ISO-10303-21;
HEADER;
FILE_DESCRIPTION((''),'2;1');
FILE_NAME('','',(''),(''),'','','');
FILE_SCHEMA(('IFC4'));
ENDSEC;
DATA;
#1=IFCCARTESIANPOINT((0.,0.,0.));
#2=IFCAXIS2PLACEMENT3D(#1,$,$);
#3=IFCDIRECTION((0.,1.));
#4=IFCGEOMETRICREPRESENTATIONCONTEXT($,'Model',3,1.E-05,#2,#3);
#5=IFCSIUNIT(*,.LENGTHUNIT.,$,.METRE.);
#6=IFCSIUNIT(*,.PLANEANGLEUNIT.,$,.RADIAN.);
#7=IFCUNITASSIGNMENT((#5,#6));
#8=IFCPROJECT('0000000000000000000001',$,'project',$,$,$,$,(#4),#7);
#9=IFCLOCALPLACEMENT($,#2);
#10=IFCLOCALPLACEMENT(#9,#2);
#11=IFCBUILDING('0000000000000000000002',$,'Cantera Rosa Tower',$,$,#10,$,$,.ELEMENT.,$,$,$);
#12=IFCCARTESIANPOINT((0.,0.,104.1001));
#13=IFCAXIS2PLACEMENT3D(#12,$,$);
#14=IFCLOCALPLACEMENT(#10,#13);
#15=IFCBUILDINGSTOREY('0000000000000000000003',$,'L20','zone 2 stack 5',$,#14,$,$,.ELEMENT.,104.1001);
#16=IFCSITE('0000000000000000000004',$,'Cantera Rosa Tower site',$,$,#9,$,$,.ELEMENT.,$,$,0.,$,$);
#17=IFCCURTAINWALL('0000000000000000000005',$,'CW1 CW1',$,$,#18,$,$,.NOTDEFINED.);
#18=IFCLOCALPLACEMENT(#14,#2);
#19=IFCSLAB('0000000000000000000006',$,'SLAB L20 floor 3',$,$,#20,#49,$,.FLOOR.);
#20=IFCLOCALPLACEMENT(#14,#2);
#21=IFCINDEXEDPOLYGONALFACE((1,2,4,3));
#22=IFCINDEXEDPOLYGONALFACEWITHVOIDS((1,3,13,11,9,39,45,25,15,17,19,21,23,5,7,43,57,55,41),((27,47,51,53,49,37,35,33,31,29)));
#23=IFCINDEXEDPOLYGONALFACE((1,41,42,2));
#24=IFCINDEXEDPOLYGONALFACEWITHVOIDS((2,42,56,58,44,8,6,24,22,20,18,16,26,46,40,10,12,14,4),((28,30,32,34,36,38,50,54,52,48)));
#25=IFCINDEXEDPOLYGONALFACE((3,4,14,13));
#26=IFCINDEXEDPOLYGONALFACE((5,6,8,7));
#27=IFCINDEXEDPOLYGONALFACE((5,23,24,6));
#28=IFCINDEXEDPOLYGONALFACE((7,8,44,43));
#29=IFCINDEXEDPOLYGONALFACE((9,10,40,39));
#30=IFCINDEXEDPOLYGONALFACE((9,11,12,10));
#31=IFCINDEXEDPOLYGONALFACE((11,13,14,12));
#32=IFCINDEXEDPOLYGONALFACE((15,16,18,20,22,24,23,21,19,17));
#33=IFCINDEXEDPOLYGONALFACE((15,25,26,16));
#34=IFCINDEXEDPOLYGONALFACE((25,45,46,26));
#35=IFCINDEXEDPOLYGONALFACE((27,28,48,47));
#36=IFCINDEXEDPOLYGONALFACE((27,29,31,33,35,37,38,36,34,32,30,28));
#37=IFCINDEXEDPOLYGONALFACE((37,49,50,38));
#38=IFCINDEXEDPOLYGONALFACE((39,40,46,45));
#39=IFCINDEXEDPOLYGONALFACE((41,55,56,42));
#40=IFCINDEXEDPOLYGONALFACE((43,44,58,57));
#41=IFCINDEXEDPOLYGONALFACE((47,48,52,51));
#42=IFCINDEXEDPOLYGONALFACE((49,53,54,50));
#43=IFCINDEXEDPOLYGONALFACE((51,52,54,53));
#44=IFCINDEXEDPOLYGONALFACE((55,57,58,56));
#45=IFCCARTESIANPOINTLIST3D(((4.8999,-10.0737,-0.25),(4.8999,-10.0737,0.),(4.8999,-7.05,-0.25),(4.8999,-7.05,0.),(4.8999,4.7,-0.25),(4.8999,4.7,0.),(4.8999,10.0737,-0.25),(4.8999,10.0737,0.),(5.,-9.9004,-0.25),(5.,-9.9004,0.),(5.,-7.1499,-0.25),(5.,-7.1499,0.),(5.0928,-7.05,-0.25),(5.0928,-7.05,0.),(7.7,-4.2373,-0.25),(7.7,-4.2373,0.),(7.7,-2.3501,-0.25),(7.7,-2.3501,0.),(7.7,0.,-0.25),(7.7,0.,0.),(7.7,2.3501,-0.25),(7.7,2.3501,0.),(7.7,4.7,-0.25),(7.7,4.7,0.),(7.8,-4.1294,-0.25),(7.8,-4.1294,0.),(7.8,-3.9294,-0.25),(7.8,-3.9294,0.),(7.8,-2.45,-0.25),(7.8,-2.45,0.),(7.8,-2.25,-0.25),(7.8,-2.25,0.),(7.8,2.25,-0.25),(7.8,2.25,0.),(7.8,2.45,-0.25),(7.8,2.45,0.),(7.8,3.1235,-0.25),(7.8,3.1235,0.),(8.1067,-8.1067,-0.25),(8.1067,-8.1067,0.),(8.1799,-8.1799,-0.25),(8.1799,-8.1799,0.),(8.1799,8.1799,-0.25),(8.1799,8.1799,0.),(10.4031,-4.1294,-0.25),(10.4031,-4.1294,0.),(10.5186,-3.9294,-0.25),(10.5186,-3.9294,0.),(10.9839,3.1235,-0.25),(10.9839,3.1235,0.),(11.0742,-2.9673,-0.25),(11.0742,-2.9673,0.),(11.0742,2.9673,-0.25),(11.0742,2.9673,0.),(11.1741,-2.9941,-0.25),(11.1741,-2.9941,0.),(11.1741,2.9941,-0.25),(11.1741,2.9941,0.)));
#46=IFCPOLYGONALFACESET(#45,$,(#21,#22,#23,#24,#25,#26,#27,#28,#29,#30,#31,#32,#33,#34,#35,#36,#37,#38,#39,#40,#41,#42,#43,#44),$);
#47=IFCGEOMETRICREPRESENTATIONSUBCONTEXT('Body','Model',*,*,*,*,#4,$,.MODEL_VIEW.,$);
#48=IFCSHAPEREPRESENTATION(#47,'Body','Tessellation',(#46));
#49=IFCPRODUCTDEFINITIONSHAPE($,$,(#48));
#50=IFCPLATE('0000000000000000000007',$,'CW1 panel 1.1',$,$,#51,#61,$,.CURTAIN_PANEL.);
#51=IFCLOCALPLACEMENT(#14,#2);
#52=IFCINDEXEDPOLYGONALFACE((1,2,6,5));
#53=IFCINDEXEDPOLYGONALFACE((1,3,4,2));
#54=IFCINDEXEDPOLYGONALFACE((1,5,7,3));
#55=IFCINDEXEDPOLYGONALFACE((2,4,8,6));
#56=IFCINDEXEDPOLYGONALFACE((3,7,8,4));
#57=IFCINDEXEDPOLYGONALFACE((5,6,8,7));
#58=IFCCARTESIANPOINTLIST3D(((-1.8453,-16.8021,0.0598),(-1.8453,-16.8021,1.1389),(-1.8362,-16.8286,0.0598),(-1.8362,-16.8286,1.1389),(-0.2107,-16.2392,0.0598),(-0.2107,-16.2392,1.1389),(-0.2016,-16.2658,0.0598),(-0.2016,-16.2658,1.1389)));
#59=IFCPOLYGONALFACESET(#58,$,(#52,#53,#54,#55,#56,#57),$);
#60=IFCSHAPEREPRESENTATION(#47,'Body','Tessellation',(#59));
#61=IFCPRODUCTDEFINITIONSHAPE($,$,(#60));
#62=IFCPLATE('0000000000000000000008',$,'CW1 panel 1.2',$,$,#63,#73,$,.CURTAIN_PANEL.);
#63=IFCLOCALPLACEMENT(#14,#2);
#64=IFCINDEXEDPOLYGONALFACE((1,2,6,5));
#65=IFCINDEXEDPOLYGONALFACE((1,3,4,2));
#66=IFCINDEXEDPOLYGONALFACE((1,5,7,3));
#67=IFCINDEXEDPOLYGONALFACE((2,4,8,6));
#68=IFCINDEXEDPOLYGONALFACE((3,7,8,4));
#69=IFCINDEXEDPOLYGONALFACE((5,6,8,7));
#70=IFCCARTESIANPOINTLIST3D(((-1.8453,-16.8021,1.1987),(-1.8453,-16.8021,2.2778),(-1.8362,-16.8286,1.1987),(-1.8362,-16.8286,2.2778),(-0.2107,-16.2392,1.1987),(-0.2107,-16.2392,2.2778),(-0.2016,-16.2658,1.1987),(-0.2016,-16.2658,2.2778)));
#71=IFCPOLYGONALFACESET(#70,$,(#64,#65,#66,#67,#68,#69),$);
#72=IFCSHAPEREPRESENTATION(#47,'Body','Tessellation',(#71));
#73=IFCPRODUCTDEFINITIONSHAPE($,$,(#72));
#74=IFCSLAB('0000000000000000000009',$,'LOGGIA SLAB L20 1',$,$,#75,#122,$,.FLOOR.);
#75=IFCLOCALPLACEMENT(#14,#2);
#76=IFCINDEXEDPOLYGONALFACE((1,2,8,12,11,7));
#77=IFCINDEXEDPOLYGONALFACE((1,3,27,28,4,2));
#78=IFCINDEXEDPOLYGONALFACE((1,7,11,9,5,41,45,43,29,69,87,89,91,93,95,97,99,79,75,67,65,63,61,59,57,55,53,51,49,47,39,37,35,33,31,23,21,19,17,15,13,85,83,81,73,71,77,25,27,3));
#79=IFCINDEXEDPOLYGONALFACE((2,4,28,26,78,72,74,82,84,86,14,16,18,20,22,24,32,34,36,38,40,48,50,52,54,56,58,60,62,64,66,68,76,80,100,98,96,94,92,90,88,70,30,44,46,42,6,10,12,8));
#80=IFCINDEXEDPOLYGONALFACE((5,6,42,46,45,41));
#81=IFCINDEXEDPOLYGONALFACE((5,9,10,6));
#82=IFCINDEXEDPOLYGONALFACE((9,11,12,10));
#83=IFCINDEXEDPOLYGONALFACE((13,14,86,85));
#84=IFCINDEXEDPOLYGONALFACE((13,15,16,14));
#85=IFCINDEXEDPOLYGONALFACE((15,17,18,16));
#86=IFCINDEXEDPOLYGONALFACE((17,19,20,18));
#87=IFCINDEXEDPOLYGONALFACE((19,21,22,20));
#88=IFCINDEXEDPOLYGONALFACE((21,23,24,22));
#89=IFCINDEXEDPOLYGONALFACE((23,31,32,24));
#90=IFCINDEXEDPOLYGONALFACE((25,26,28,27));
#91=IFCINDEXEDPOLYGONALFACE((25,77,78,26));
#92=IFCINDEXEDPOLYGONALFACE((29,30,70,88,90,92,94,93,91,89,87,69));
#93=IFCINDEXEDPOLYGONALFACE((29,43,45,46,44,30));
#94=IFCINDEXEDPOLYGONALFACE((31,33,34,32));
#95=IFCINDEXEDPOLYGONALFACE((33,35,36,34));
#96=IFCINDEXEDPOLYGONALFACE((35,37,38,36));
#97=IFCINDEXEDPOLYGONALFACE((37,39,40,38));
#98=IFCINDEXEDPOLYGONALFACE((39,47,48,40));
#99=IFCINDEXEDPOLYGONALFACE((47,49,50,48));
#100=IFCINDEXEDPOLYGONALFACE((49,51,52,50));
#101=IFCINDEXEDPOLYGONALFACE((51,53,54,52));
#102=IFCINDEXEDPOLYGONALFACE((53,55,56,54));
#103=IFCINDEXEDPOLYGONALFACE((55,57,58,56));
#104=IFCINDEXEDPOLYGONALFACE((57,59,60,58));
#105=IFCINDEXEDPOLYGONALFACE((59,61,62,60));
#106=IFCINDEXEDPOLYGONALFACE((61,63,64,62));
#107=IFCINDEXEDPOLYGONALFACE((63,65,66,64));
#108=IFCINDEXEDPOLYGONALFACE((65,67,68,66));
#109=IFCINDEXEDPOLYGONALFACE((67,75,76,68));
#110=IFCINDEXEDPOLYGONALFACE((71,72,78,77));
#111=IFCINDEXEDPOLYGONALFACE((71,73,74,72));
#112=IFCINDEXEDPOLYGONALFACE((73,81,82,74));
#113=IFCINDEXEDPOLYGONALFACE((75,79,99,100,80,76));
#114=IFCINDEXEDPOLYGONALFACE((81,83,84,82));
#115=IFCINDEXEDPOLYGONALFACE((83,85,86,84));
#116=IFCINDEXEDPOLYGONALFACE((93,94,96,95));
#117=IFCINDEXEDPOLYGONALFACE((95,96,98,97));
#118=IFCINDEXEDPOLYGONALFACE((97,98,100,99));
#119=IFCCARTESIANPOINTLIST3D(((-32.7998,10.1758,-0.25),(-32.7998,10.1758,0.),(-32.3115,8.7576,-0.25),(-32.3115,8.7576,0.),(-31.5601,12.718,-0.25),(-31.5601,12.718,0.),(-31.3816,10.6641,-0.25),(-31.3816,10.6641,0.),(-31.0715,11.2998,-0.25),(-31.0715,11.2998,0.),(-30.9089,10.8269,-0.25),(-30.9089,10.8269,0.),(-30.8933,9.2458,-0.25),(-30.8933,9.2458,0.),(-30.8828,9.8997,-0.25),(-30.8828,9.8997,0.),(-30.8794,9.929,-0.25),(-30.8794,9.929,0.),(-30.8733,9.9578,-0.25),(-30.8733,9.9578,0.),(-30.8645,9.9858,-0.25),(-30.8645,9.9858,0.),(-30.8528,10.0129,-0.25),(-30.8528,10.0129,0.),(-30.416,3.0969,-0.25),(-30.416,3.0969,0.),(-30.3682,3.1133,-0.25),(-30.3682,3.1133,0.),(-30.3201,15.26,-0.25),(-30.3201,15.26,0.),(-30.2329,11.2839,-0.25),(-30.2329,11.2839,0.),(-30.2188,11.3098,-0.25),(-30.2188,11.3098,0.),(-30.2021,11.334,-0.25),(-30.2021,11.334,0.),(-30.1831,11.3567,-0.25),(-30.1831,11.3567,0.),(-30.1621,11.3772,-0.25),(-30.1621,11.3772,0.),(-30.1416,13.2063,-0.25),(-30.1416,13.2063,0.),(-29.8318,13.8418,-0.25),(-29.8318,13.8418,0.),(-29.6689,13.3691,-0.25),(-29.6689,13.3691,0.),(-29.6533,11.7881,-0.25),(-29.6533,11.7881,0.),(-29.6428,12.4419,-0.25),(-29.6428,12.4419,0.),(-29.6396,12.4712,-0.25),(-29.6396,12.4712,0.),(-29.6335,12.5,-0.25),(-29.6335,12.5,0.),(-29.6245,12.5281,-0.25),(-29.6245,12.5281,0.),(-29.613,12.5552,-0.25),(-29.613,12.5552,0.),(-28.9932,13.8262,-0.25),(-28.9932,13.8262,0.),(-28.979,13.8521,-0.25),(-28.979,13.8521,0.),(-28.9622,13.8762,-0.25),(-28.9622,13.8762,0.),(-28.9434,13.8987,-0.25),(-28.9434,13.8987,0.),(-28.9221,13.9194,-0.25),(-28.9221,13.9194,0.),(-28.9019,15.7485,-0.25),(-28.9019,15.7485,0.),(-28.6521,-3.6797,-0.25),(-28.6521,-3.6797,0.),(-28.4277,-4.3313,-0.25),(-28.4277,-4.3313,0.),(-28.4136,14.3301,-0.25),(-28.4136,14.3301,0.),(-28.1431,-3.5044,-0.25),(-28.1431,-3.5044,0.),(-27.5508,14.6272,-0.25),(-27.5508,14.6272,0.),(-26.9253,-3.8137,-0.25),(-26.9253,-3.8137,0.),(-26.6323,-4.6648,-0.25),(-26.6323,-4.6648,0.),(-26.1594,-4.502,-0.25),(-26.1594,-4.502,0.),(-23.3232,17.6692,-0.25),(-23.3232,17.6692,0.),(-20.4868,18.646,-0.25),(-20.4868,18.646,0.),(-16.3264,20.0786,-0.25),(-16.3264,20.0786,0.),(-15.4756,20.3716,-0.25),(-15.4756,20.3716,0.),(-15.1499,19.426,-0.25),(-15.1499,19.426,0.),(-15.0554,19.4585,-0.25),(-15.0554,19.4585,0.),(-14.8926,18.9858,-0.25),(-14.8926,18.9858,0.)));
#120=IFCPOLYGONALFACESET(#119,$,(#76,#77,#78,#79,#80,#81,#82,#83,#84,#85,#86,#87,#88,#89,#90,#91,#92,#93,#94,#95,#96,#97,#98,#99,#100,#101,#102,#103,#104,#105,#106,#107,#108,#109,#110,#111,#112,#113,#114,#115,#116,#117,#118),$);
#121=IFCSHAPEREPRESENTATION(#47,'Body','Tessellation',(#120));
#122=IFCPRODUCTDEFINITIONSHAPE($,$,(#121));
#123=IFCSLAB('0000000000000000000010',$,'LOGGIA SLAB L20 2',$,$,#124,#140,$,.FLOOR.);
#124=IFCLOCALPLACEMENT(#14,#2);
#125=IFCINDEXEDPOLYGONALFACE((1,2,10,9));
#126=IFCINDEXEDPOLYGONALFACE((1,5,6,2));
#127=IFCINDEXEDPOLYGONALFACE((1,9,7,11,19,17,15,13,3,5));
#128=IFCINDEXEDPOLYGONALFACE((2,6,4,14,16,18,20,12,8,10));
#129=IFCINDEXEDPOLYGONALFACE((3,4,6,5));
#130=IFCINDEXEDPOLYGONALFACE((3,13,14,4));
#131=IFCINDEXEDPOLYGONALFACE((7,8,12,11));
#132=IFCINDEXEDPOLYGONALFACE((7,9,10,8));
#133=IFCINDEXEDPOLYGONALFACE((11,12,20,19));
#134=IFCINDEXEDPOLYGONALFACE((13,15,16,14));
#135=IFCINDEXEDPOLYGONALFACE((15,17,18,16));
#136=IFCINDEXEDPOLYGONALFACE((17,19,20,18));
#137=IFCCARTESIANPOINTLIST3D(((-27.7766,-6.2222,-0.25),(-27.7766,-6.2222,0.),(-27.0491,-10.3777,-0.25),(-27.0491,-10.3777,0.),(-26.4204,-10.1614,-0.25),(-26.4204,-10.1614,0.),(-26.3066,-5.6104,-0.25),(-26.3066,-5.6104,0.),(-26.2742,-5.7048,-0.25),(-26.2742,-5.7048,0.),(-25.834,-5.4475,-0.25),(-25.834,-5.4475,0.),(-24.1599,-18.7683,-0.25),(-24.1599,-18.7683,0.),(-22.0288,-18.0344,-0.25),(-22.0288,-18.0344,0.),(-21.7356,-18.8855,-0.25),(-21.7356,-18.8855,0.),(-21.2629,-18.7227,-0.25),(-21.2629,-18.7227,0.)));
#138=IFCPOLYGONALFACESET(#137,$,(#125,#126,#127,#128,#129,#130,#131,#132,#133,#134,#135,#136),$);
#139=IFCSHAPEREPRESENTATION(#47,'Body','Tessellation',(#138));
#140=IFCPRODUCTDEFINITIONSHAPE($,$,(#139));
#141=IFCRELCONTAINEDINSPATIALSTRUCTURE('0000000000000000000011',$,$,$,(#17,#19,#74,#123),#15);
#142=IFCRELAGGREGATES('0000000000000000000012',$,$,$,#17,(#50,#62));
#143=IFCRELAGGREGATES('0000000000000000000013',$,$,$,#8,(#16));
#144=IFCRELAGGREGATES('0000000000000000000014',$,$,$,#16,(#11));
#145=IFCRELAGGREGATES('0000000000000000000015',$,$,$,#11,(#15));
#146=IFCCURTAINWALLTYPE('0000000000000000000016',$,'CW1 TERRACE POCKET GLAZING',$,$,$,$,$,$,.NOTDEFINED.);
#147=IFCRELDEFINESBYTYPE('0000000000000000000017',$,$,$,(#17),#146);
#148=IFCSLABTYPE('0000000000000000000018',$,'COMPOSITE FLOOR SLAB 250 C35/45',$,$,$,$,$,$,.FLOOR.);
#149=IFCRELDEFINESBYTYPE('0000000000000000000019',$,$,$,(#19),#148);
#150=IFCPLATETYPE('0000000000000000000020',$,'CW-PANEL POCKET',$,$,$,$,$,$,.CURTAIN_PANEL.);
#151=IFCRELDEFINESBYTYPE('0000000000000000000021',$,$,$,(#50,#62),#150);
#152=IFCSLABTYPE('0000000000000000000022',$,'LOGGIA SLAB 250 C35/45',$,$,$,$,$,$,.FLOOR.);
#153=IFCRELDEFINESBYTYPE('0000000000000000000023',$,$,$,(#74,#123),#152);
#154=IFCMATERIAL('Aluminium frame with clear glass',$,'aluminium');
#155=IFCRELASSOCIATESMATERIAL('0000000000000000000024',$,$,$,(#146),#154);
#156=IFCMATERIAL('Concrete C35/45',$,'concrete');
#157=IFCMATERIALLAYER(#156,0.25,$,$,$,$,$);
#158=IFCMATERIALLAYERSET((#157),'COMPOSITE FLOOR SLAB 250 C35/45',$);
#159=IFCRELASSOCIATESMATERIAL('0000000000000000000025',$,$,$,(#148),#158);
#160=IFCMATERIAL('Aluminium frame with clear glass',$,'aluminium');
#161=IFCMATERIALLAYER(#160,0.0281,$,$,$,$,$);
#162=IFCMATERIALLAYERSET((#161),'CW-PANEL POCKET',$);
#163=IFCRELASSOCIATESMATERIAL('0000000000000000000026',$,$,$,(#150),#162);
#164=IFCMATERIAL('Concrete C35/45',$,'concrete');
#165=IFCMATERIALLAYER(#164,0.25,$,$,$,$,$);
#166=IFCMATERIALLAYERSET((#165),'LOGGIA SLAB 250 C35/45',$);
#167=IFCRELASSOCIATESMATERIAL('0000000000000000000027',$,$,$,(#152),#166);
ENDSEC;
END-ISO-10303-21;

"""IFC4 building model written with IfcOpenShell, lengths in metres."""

from ifc_helpers import new_model, si_unit, direction, frame, origin, origin_2d, place, context, subcontext, project, spatial, polyline, rectangle, outline, extrude, material, layer, layer_set, type_object, element, aggregate, save


model = new_model("IFC4")

# Units and contexts
model_context = context("Model", 3, precision=1e-05, world=origin(), true_north=direction((0.0, 1.0)))
body_context = subcontext(model_context, "Body", "Model", "MODEL_VIEW")
ifc_project = project(units=[si_unit("LENGTHUNIT", "METRE"), si_unit("PLANEANGLEUNIT", "RADIAN")], contexts=[model_context])

# Site, building, storey
site_placement = place(None, origin())
site = spatial("IfcSite", under=ifc_project, at=site_placement, Name="Cantera Rosa Tower site", CompositionType="ELEMENT", RefElevation=0.0)
building_placement = place(site_placement, origin())
building = spatial("IfcBuilding", under=site, at=building_placement, Name="Cantera Rosa Tower", CompositionType="ELEMENT")
storey_placement = place(building_placement, frame((0.0, 0.0, 104.1001)))
storey = spatial("IfcBuildingStorey", under=building, at=storey_placement, Name="L20", Description="zone 2 stack 5", CompositionType="ELEMENT", Elevation=104.1001)

# Curtain wall
ifc_material_1 = material(Name="Aluminium frame with clear glass", Category="aluminium")
curtain_wall_type = type_object("IfcCurtainWallType", Name="CW1 TERRACE POCKET GLAZING", PredefinedType="NOTDEFINED", material=ifc_material_1)
curtain_wall_placement = place(storey_placement, origin())
curtain_wall = element("IfcCurtainWall", 1, at=curtain_wall_placement, inside=storey, type_object=curtain_wall_type, Name="CW1 CW1", PredefinedType="NOTDEFINED")

# Slab
ifc_material_2 = material(Name="Concrete C35/45", Category="concrete")
ifc_layer_1 = layer(ifc_material_2, 0.25)
ifc_layer_set_1 = layer_set([ifc_layer_1], Name="COMPOSITE FLOOR SLAB 250 C35/45")
slab_type_1 = type_object("IfcSlabType", Name="COMPOSITE FLOOR SLAB 250 C35/45", PredefinedType="FLOOR", material=ifc_layer_set_1)
slab_1_placement = place(storey_placement, frame((0.0, 0.0, -0.25)))
element("IfcSlab", 2, at=slab_1_placement, inside=storey, type_object=slab_type_1, Name="SLAB L20 floor 3", PredefinedType="FLOOR", context=body_context, shape_type="SweptSolid", body=[
    extrude(outline(polyline([(4.8999, 4.7), (4.8999, 10.0737), (8.1799, 8.1799), (11.1741, 2.9941), (11.1741, -2.9941), (8.1799, -8.1799), (4.8999, -10.0737), (4.8999, -7.05), (5.0928, -7.05), (5.0, -7.1499), (5.0, -9.9004), (8.1067, -8.1067), (10.4031, -4.1294), (7.8, -4.1294), (7.7, -4.2373), (7.7, -2.3501), (7.7, 0.0), (7.7, 2.3501), (7.7, 4.7), (4.8999, 4.7)]), holes=[polyline([(7.8, 3.1235), (7.8, 2.45), (7.8, 2.25), (7.8, -2.25), (7.8, -2.45), (7.8, -3.9294), (10.5186, -3.9294), (11.0742, -2.9673), (11.0742, 2.9673), (10.9839, 3.1235), (7.8, 3.1235)])]), origin(), (0.0, 0.0, 1.0), 0.25),
])

# Plates
ifc_material_3 = material(Name="Aluminium frame with clear glass", Category="aluminium")
ifc_layer_2 = layer(ifc_material_3, 0.0281)
ifc_layer_set_2 = layer_set([ifc_layer_2], Name="CW-PANEL POCKET")
plate_type = type_object("IfcPlateType", Name="CW-PANEL POCKET", PredefinedType="CURTAIN_PANEL", material=ifc_layer_set_2)
plate_1_placement = place(storey_placement, frame((-1.0234, -16.5339, 0.0598), z_axis=(0.0, 0.0, 1.0), x_axis=(0.945519, 0.325568, 0.0)))
plate_1 = element("IfcPlate", 3, at=plate_1_placement, type_object=plate_type, Name="CW1 panel 1.1", PredefinedType="CURTAIN_PANEL", context=body_context, shape_type="SweptSolid", body=[
    extrude(rectangle(XDim=1.7288, YDim=0.0281, at=origin_2d()), origin(), (0.0, 0.0, 1.0), 1.0791),
])
plate_2_placement = place(storey_placement, frame((-1.0234, -16.5339, 1.1987), z_axis=(0.0, 0.0, 1.0), x_axis=(0.945519, 0.325568, 0.0)))
plate_2 = element("IfcPlate", 4, at=plate_2_placement, type_object=plate_type, Name="CW1 panel 1.2", PredefinedType="CURTAIN_PANEL", context=body_context, shape_type="SweptSolid", body=[
    extrude(rectangle(XDim=1.7288, YDim=0.0281, at=origin_2d()), origin(), (0.0, 0.0, 1.0), 1.0791),
])
aggregate(curtain_wall, [plate_1, plate_2])

# Slabs
ifc_material_4 = material(Name="Concrete C35/45", Category="concrete")
ifc_layer_3 = layer(ifc_material_4, 0.25)
ifc_layer_set_3 = layer_set([ifc_layer_3], Name="LOGGIA SLAB 250 C35/45")
slab_type_2 = type_object("IfcSlabType", Name="LOGGIA SLAB 250 C35/45", PredefinedType="FLOOR", material=ifc_layer_set_3)
slab_2_placement = place(storey_placement, frame((0.0, 0.0, -0.25)))
element("IfcSlab", 5, at=slab_2_placement, inside=storey, type_object=slab_type_2, Name="LOGGIA SLAB L20 1", PredefinedType="FLOOR", context=body_context, shape_type="SweptSolid", body=[
    extrude(outline(polyline([(-30.416, 3.0969), (-30.3682, 3.1133), (-32.3115, 8.7576), (-32.7998, 10.1758), (-31.3816, 10.6641), (-30.9089, 10.8269), (-31.0715, 11.2998), (-31.5601, 12.718), (-30.1416, 13.2063), (-29.6689, 13.3691), (-29.8318, 13.8418), (-30.3201, 15.26), (-28.9019, 15.7485), (-23.3232, 17.6692), (-20.4868, 18.646), (-16.3264, 20.0786), (-15.4756, 20.3716), (-15.1499, 19.426), (-15.0554, 19.4585), (-14.8926, 18.9858), (-27.5508, 14.6272), (-28.4136, 14.3301), (-28.9221, 13.9194), (-28.9434, 13.8987), (-28.9622, 13.8762), (-28.979, 13.8521), (-28.9932, 13.8262), (-29.613, 12.5552), (-29.6245, 12.5281), (-29.6335, 12.5), (-29.6396, 12.4712), (-29.6428, 12.4419), (-29.6533, 11.7881), (-30.1621, 11.3772), (-30.1831, 11.3567), (-30.2021, 11.334), (-30.2188, 11.3098), (-30.2329, 11.2839), (-30.8528, 10.0129), (-30.8645, 9.9858), (-30.8733, 9.9578), (-30.8794, 9.929), (-30.8828, 9.8997), (-30.8933, 9.2458), (-26.1594, -4.502), (-26.6323, -4.6648), (-26.9253, -3.8137), (-28.4277, -4.3313), (-28.6521, -3.6797), (-28.1431, -3.5044), (-30.416, 3.0969)])), origin(), (0.0, 0.0, 1.0), 0.25),
])
slab_3_placement = place(storey_placement, frame((0.0, 0.0, -0.25)))
element("IfcSlab", 6, at=slab_3_placement, inside=storey, type_object=slab_type_2, Name="LOGGIA SLAB L20 2", PredefinedType="FLOOR", context=body_context, shape_type="SweptSolid", body=[
    extrude(outline(polyline([(-27.7766, -6.2222), (-26.2742, -5.7048), (-26.3066, -5.6104), (-25.834, -5.4475), (-21.2629, -18.7227), (-21.7356, -18.8855), (-22.0288, -18.0344), (-24.1599, -18.7683), (-27.0491, -10.3777), (-26.4204, -10.1614), (-27.7766, -6.2222)])), origin(), (0.0, 0.0, 1.0), 0.25),
])

save(model, "model.ifc")
